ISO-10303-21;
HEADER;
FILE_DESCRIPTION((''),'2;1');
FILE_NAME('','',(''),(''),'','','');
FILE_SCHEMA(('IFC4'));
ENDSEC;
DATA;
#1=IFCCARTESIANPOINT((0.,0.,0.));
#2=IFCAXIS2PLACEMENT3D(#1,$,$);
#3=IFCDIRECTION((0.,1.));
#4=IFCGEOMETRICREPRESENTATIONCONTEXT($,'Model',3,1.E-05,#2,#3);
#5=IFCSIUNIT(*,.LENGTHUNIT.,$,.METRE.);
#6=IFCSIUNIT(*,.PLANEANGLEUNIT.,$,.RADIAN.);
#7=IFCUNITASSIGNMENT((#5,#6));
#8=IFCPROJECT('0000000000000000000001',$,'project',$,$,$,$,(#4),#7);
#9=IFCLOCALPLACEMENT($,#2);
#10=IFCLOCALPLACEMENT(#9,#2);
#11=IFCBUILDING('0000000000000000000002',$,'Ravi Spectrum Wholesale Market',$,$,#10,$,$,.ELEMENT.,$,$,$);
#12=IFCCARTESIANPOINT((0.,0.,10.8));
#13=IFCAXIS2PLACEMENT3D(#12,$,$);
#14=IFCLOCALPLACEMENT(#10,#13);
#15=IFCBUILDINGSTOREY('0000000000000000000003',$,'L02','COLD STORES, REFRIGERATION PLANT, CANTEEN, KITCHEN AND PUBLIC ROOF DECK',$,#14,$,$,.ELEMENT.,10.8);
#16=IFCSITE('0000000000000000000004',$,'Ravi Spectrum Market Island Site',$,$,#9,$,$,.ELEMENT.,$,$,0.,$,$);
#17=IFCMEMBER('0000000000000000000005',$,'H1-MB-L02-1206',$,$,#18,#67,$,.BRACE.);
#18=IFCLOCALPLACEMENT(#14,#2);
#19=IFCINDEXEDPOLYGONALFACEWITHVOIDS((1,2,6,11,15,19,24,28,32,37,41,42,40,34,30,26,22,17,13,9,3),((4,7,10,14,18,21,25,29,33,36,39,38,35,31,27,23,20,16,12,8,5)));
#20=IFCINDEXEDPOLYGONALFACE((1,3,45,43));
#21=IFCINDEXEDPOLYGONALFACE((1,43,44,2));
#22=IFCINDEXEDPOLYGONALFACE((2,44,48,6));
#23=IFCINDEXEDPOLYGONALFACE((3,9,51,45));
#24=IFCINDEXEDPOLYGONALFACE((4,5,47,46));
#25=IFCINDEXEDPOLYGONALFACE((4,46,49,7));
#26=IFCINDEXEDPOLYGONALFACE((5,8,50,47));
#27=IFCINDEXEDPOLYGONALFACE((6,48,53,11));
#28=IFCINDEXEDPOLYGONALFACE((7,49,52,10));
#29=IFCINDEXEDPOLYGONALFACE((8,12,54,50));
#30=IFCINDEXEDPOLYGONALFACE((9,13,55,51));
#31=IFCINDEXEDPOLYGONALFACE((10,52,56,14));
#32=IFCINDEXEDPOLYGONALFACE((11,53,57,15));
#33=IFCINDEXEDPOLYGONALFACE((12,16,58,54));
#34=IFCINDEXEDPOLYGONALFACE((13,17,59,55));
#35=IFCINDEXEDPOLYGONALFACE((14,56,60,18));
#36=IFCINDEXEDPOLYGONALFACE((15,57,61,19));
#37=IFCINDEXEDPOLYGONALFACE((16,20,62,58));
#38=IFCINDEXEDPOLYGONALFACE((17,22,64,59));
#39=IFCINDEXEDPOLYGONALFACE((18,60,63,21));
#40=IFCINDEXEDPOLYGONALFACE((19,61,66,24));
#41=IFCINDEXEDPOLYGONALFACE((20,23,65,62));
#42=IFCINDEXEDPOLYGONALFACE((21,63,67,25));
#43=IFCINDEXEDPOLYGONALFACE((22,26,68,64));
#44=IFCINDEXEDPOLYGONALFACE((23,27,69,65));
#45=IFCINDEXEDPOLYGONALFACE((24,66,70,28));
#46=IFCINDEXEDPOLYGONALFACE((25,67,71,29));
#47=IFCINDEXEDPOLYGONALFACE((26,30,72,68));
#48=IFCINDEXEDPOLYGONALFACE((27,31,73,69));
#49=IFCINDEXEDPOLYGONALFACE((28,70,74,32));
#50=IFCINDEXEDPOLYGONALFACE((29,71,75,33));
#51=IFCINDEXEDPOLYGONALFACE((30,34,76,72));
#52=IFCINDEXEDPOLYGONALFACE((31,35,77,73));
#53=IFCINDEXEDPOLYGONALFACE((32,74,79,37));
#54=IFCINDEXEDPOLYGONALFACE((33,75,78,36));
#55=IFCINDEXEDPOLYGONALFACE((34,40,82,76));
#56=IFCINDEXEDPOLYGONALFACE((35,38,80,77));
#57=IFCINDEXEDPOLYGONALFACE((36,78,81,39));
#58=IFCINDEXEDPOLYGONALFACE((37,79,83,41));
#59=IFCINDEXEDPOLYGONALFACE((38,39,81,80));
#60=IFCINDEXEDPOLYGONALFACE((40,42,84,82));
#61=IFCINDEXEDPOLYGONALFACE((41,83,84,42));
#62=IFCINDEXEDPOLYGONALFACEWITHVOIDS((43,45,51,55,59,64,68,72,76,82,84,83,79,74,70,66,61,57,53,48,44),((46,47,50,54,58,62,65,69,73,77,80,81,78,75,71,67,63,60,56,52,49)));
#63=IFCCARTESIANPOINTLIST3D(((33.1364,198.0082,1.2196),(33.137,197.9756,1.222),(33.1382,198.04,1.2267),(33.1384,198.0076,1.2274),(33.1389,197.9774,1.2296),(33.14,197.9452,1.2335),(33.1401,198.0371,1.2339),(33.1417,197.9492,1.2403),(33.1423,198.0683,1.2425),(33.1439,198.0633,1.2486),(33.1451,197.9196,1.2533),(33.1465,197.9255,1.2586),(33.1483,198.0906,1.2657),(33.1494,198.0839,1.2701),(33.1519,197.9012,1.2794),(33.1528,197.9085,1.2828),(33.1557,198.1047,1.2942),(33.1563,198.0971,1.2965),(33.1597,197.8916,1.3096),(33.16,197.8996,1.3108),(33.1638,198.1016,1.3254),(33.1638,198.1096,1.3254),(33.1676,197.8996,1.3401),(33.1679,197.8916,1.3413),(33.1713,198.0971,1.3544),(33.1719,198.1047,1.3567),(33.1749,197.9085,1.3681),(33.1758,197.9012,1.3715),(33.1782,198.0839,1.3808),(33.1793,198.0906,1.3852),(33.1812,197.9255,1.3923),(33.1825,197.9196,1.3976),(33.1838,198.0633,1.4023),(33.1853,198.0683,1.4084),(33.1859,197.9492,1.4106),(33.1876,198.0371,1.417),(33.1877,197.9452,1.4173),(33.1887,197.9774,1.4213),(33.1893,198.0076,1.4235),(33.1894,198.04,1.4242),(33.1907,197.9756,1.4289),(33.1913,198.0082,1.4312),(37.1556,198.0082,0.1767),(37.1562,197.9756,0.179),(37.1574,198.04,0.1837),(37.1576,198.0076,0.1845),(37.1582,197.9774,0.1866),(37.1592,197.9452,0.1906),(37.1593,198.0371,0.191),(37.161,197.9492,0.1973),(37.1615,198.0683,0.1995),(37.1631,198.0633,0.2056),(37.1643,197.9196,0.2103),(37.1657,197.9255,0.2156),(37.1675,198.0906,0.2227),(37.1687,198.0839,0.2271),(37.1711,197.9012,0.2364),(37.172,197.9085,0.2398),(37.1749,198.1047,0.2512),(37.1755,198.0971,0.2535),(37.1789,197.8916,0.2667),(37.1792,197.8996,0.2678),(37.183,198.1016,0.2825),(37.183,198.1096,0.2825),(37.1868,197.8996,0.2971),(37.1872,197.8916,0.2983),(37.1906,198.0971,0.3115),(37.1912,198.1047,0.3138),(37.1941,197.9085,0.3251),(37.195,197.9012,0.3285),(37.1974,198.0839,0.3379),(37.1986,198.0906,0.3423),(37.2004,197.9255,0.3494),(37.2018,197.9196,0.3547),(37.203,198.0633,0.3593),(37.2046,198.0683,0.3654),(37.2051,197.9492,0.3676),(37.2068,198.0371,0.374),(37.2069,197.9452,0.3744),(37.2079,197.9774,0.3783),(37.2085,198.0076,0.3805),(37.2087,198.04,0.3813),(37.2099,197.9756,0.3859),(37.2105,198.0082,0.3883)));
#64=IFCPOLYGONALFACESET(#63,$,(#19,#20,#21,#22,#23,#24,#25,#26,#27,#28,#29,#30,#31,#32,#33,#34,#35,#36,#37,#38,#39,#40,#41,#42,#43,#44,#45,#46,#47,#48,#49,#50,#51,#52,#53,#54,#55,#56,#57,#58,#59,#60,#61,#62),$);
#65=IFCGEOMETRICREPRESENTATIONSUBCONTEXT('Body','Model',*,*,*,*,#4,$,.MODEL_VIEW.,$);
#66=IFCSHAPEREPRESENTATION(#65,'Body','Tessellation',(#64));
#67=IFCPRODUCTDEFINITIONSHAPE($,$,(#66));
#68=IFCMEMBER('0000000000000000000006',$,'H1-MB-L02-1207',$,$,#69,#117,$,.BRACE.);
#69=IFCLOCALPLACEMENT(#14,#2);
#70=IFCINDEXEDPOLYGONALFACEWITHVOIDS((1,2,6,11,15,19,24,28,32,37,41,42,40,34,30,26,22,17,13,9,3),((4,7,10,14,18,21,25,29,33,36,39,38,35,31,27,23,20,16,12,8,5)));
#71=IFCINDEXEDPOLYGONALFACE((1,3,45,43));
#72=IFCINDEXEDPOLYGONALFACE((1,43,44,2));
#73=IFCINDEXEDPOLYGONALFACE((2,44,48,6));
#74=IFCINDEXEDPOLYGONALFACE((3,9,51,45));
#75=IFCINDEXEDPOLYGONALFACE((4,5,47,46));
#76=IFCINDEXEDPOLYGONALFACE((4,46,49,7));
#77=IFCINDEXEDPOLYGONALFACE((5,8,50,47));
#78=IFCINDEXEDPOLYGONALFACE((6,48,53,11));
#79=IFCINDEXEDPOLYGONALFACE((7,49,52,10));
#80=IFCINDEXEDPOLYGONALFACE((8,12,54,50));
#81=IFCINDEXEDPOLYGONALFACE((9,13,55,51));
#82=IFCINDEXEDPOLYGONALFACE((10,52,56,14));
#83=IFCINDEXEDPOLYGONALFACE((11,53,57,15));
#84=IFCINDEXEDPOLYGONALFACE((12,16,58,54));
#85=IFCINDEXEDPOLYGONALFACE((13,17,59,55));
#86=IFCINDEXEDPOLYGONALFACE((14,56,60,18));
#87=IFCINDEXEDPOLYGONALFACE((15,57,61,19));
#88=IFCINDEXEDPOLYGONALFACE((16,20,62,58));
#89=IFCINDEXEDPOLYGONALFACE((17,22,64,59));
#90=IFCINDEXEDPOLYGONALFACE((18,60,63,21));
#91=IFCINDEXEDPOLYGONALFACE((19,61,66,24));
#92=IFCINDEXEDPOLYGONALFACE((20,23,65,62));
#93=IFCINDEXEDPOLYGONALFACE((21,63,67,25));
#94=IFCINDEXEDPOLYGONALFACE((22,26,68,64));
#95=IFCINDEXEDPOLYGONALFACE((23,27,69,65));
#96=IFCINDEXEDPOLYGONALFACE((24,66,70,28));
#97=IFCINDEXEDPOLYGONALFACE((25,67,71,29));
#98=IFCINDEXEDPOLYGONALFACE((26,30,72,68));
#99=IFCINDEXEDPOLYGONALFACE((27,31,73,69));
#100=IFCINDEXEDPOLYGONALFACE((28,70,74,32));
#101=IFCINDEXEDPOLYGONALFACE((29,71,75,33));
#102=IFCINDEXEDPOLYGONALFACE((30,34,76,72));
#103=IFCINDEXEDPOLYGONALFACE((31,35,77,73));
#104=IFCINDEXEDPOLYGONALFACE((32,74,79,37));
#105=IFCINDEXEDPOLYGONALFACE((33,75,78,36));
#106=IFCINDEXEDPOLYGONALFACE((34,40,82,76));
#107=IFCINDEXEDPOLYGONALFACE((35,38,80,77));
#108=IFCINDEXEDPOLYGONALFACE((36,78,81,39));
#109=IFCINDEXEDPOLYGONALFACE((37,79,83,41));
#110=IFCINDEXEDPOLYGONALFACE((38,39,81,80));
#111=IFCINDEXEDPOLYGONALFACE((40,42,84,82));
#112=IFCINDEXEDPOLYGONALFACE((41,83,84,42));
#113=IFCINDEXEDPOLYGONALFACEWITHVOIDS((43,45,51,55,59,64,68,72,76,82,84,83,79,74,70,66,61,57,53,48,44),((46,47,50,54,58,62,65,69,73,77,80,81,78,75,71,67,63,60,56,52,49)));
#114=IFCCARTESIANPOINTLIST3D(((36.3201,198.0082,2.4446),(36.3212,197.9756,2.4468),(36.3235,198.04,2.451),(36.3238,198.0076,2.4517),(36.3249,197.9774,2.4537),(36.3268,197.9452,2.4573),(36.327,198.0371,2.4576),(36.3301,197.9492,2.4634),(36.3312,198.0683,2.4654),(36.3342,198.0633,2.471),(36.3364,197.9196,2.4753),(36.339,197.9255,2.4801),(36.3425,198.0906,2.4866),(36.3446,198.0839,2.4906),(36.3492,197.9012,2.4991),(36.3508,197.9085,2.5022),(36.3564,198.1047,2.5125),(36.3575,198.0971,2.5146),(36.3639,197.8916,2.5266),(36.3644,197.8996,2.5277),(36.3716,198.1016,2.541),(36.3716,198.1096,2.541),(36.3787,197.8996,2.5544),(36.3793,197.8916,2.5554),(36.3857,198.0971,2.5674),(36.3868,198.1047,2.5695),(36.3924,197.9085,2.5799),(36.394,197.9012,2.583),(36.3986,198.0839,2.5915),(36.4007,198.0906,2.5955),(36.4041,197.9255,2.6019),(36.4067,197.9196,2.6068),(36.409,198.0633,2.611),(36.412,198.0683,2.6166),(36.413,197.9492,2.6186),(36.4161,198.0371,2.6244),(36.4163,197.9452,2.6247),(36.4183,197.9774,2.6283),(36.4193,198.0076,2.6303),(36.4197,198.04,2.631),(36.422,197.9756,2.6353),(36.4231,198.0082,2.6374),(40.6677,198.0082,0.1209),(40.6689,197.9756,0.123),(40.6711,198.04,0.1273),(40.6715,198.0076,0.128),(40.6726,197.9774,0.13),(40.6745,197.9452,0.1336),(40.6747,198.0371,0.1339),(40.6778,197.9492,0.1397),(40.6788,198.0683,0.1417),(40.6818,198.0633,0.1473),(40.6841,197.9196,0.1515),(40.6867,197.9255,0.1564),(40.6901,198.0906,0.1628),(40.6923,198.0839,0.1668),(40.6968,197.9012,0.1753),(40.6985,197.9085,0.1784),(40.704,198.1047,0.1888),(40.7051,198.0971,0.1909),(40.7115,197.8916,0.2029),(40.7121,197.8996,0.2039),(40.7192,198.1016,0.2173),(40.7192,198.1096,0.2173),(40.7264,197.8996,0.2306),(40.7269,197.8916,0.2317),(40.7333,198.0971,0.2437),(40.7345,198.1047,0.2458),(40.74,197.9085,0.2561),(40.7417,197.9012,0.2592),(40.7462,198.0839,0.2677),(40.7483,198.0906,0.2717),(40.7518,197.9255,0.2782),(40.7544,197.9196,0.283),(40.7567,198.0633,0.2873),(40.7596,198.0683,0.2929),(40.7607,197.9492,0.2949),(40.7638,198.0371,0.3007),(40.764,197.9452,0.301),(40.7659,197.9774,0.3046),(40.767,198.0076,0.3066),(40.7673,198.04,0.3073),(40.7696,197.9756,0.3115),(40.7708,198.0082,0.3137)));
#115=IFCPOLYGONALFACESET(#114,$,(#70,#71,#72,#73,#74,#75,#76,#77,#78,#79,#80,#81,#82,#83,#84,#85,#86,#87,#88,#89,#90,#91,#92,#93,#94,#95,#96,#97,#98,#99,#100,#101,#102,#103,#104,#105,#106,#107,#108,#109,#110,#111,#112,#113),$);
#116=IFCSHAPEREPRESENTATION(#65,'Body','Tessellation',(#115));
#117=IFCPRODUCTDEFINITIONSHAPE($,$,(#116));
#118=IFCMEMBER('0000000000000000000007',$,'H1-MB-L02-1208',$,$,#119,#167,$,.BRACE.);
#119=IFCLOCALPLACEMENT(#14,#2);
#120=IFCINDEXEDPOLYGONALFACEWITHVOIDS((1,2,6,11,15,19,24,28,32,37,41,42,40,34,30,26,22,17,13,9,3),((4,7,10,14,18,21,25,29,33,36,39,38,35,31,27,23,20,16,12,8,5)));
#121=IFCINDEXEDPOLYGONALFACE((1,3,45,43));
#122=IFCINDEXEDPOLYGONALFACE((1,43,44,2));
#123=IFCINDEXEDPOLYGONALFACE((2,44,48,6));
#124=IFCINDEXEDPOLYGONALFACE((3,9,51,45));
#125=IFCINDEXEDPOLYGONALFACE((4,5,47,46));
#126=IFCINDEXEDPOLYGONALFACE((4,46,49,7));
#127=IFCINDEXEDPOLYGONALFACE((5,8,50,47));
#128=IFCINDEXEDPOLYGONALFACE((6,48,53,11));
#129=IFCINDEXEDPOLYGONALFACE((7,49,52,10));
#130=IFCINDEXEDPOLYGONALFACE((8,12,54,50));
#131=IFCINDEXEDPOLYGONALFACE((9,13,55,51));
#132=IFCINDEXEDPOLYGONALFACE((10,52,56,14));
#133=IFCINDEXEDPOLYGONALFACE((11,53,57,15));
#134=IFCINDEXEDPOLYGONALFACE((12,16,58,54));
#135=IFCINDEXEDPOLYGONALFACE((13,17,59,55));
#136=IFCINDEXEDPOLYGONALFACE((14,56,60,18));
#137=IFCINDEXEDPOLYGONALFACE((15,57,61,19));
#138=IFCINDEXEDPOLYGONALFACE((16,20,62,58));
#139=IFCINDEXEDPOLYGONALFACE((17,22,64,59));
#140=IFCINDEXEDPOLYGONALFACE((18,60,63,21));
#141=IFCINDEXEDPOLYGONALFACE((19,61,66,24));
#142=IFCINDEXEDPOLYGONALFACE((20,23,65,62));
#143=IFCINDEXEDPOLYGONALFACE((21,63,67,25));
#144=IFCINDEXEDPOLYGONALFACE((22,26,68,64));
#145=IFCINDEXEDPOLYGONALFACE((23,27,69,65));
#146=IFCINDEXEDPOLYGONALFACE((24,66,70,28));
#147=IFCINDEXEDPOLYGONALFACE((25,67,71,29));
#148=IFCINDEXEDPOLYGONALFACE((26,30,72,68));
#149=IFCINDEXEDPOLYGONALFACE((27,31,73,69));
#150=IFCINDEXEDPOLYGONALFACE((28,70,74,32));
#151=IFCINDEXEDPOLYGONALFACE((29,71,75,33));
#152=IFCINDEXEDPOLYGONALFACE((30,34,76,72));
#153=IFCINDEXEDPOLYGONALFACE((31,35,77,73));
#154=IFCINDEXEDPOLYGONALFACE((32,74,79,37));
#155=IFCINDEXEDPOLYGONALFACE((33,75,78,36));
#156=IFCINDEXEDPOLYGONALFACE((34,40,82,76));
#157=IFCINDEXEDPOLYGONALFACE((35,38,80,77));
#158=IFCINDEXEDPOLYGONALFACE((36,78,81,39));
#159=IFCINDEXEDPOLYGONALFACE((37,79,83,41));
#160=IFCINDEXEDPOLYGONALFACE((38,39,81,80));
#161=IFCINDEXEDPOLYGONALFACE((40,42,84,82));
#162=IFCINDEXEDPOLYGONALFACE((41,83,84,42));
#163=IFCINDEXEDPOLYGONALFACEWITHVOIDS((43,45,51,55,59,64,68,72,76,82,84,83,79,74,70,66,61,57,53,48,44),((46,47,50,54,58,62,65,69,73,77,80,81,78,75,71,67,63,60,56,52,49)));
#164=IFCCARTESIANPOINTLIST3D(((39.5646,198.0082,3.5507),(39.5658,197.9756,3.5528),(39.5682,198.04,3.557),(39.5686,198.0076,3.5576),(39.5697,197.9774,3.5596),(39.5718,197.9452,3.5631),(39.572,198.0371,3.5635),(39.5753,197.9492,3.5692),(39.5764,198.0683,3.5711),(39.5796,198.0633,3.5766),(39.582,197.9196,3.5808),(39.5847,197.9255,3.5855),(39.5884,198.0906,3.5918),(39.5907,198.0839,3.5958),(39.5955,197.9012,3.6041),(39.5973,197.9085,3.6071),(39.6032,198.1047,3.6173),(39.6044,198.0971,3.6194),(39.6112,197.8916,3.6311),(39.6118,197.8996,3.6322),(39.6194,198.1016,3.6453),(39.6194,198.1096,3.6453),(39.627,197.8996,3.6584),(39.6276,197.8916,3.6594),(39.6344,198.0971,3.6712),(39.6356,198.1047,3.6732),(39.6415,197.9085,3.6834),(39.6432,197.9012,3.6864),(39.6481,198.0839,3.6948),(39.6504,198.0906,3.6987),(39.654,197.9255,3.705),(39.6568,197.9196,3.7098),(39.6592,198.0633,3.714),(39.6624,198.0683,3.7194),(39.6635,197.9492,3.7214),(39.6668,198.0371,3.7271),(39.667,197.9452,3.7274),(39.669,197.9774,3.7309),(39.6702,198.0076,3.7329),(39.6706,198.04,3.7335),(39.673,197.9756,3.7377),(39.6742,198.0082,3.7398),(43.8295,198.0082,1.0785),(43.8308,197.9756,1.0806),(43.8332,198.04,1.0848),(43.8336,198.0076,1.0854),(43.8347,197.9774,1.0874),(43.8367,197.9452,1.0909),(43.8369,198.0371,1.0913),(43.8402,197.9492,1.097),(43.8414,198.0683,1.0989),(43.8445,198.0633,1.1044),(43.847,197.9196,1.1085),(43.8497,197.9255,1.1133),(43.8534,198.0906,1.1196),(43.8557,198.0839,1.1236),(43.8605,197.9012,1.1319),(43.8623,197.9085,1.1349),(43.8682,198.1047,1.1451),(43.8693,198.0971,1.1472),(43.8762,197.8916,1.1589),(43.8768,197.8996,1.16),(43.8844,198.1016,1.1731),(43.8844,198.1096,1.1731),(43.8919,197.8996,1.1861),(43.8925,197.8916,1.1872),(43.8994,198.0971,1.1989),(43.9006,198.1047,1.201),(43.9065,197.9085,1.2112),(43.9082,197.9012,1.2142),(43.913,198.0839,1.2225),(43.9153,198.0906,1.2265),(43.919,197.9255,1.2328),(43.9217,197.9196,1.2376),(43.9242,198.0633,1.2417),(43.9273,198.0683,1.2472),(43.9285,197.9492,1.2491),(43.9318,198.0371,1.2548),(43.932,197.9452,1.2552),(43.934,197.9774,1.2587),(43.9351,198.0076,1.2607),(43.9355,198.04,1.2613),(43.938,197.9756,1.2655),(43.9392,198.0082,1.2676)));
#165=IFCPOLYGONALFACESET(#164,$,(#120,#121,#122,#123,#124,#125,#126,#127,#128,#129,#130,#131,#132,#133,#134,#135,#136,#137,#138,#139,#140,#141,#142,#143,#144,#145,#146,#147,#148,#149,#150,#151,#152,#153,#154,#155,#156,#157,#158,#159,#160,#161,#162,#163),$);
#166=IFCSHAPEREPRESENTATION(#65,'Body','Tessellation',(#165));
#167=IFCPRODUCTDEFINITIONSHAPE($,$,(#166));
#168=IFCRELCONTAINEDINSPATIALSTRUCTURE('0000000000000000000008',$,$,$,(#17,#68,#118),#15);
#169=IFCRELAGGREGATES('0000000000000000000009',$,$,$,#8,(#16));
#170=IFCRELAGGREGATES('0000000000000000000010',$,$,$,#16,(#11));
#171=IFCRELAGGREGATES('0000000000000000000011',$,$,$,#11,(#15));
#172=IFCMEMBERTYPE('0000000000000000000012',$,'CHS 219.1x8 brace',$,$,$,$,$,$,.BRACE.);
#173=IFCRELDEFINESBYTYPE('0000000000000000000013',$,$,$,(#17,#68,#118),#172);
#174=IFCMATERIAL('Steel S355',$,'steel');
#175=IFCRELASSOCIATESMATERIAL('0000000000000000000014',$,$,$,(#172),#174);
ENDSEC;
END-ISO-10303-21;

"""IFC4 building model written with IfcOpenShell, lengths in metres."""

from ifc_helpers import new_model, si_unit, direction, frame, origin, origin_2d, place, context, subcontext, project, spatial, hollow_circle, extrude, material, material_profile, profile_set, type_object, element, save


model = new_model("IFC4")

# Units and contexts
model_context = context("Model", 3, precision=1e-05, world=origin(), true_north=direction((0.0, 1.0)))
body_context = subcontext(model_context, "Body", "Model", "MODEL_VIEW")
ifc_project = project(units=[si_unit("LENGTHUNIT", "METRE"), si_unit("PLANEANGLEUNIT", "RADIAN")], contexts=[model_context])

# Site, building, storey
site_placement = place(None, origin())
site = spatial("IfcSite", under=ifc_project, at=site_placement, Name="Ravi Spectrum Market Island Site", CompositionType="ELEMENT", RefElevation=0.0)
building_placement = place(site_placement, origin())
building = spatial("IfcBuilding", under=site, at=building_placement, Name="Ravi Spectrum Wholesale Market", CompositionType="ELEMENT")
storey_placement = place(building_placement, frame((0.0, 0.0, 10.8)))
storey = spatial("IfcBuildingStorey", under=building, at=storey_placement, Name="L02", Description="COLD STORES, REFRIGERATION PLANT, CANTEEN, KITCHEN AND PUBLIC ROOF DECK", CompositionType="ELEMENT", Elevation=10.8)

# Members
ifc_material_1 = material(Name="Steel S355", Category="steel")
ifc_material_profile_1 = material_profile(ifc_material_1, hollow_circle(Radius=0.1096, WallThickness=0.0081, at=origin_2d()))
ifc_profile_set_1 = profile_set([ifc_material_profile_1], Name="Steel S355")
member_type_1 = type_object("IfcMemberType", Name="CHS 219.1x8 brace", PredefinedType="BRACE", material=ifc_profile_set_1)
member_1_placement = place(storey_placement, frame((33.1638, 198.0, 1.3254), z_axis=(0.967942, 0.0, -0.251172), x_axis=(0.0, 1.0, 0.0)))
element("IfcMember", 1, at=member_1_placement, inside=storey, type_object=member_type_1, Name="H1-MB-L02-1206", PredefinedType="BRACE", context=body_context, shape_type="SweptSolid", body=[
    extrude(hollow_circle(Radius=0.1096, WallThickness=0.0081, at=origin_2d()), origin(), (0.0, 0.0, 1.0), 4.1523),
])
for number, where, z_axis, x_axis, name in (
    (2, (36.3716, 198.0, 2.541), (0.881933, 0.0, -0.471375), (0.0, 1.0, 0.0), "H1-MB-L02-1207"),
    (3, (39.6194, 198.0, 3.6453), (0.865161, 0.0, -0.501495), (0.0, 1.0, 0.0), "H1-MB-L02-1208"),
):
    element("IfcMember", number, at=place(storey_placement, frame(where, z_axis=z_axis, x_axis=x_axis)), inside=storey, type_object=member_type_1, Name=name, PredefinedType="BRACE", context=body_context, shape_type="SweptSolid", body=[
        extrude(hollow_circle(Radius=0.1096, WallThickness=0.0081, at=origin_2d()), origin(), (0.0, 0.0, 1.0), 4.9297),
    ])

save(model, "model.ifc")
